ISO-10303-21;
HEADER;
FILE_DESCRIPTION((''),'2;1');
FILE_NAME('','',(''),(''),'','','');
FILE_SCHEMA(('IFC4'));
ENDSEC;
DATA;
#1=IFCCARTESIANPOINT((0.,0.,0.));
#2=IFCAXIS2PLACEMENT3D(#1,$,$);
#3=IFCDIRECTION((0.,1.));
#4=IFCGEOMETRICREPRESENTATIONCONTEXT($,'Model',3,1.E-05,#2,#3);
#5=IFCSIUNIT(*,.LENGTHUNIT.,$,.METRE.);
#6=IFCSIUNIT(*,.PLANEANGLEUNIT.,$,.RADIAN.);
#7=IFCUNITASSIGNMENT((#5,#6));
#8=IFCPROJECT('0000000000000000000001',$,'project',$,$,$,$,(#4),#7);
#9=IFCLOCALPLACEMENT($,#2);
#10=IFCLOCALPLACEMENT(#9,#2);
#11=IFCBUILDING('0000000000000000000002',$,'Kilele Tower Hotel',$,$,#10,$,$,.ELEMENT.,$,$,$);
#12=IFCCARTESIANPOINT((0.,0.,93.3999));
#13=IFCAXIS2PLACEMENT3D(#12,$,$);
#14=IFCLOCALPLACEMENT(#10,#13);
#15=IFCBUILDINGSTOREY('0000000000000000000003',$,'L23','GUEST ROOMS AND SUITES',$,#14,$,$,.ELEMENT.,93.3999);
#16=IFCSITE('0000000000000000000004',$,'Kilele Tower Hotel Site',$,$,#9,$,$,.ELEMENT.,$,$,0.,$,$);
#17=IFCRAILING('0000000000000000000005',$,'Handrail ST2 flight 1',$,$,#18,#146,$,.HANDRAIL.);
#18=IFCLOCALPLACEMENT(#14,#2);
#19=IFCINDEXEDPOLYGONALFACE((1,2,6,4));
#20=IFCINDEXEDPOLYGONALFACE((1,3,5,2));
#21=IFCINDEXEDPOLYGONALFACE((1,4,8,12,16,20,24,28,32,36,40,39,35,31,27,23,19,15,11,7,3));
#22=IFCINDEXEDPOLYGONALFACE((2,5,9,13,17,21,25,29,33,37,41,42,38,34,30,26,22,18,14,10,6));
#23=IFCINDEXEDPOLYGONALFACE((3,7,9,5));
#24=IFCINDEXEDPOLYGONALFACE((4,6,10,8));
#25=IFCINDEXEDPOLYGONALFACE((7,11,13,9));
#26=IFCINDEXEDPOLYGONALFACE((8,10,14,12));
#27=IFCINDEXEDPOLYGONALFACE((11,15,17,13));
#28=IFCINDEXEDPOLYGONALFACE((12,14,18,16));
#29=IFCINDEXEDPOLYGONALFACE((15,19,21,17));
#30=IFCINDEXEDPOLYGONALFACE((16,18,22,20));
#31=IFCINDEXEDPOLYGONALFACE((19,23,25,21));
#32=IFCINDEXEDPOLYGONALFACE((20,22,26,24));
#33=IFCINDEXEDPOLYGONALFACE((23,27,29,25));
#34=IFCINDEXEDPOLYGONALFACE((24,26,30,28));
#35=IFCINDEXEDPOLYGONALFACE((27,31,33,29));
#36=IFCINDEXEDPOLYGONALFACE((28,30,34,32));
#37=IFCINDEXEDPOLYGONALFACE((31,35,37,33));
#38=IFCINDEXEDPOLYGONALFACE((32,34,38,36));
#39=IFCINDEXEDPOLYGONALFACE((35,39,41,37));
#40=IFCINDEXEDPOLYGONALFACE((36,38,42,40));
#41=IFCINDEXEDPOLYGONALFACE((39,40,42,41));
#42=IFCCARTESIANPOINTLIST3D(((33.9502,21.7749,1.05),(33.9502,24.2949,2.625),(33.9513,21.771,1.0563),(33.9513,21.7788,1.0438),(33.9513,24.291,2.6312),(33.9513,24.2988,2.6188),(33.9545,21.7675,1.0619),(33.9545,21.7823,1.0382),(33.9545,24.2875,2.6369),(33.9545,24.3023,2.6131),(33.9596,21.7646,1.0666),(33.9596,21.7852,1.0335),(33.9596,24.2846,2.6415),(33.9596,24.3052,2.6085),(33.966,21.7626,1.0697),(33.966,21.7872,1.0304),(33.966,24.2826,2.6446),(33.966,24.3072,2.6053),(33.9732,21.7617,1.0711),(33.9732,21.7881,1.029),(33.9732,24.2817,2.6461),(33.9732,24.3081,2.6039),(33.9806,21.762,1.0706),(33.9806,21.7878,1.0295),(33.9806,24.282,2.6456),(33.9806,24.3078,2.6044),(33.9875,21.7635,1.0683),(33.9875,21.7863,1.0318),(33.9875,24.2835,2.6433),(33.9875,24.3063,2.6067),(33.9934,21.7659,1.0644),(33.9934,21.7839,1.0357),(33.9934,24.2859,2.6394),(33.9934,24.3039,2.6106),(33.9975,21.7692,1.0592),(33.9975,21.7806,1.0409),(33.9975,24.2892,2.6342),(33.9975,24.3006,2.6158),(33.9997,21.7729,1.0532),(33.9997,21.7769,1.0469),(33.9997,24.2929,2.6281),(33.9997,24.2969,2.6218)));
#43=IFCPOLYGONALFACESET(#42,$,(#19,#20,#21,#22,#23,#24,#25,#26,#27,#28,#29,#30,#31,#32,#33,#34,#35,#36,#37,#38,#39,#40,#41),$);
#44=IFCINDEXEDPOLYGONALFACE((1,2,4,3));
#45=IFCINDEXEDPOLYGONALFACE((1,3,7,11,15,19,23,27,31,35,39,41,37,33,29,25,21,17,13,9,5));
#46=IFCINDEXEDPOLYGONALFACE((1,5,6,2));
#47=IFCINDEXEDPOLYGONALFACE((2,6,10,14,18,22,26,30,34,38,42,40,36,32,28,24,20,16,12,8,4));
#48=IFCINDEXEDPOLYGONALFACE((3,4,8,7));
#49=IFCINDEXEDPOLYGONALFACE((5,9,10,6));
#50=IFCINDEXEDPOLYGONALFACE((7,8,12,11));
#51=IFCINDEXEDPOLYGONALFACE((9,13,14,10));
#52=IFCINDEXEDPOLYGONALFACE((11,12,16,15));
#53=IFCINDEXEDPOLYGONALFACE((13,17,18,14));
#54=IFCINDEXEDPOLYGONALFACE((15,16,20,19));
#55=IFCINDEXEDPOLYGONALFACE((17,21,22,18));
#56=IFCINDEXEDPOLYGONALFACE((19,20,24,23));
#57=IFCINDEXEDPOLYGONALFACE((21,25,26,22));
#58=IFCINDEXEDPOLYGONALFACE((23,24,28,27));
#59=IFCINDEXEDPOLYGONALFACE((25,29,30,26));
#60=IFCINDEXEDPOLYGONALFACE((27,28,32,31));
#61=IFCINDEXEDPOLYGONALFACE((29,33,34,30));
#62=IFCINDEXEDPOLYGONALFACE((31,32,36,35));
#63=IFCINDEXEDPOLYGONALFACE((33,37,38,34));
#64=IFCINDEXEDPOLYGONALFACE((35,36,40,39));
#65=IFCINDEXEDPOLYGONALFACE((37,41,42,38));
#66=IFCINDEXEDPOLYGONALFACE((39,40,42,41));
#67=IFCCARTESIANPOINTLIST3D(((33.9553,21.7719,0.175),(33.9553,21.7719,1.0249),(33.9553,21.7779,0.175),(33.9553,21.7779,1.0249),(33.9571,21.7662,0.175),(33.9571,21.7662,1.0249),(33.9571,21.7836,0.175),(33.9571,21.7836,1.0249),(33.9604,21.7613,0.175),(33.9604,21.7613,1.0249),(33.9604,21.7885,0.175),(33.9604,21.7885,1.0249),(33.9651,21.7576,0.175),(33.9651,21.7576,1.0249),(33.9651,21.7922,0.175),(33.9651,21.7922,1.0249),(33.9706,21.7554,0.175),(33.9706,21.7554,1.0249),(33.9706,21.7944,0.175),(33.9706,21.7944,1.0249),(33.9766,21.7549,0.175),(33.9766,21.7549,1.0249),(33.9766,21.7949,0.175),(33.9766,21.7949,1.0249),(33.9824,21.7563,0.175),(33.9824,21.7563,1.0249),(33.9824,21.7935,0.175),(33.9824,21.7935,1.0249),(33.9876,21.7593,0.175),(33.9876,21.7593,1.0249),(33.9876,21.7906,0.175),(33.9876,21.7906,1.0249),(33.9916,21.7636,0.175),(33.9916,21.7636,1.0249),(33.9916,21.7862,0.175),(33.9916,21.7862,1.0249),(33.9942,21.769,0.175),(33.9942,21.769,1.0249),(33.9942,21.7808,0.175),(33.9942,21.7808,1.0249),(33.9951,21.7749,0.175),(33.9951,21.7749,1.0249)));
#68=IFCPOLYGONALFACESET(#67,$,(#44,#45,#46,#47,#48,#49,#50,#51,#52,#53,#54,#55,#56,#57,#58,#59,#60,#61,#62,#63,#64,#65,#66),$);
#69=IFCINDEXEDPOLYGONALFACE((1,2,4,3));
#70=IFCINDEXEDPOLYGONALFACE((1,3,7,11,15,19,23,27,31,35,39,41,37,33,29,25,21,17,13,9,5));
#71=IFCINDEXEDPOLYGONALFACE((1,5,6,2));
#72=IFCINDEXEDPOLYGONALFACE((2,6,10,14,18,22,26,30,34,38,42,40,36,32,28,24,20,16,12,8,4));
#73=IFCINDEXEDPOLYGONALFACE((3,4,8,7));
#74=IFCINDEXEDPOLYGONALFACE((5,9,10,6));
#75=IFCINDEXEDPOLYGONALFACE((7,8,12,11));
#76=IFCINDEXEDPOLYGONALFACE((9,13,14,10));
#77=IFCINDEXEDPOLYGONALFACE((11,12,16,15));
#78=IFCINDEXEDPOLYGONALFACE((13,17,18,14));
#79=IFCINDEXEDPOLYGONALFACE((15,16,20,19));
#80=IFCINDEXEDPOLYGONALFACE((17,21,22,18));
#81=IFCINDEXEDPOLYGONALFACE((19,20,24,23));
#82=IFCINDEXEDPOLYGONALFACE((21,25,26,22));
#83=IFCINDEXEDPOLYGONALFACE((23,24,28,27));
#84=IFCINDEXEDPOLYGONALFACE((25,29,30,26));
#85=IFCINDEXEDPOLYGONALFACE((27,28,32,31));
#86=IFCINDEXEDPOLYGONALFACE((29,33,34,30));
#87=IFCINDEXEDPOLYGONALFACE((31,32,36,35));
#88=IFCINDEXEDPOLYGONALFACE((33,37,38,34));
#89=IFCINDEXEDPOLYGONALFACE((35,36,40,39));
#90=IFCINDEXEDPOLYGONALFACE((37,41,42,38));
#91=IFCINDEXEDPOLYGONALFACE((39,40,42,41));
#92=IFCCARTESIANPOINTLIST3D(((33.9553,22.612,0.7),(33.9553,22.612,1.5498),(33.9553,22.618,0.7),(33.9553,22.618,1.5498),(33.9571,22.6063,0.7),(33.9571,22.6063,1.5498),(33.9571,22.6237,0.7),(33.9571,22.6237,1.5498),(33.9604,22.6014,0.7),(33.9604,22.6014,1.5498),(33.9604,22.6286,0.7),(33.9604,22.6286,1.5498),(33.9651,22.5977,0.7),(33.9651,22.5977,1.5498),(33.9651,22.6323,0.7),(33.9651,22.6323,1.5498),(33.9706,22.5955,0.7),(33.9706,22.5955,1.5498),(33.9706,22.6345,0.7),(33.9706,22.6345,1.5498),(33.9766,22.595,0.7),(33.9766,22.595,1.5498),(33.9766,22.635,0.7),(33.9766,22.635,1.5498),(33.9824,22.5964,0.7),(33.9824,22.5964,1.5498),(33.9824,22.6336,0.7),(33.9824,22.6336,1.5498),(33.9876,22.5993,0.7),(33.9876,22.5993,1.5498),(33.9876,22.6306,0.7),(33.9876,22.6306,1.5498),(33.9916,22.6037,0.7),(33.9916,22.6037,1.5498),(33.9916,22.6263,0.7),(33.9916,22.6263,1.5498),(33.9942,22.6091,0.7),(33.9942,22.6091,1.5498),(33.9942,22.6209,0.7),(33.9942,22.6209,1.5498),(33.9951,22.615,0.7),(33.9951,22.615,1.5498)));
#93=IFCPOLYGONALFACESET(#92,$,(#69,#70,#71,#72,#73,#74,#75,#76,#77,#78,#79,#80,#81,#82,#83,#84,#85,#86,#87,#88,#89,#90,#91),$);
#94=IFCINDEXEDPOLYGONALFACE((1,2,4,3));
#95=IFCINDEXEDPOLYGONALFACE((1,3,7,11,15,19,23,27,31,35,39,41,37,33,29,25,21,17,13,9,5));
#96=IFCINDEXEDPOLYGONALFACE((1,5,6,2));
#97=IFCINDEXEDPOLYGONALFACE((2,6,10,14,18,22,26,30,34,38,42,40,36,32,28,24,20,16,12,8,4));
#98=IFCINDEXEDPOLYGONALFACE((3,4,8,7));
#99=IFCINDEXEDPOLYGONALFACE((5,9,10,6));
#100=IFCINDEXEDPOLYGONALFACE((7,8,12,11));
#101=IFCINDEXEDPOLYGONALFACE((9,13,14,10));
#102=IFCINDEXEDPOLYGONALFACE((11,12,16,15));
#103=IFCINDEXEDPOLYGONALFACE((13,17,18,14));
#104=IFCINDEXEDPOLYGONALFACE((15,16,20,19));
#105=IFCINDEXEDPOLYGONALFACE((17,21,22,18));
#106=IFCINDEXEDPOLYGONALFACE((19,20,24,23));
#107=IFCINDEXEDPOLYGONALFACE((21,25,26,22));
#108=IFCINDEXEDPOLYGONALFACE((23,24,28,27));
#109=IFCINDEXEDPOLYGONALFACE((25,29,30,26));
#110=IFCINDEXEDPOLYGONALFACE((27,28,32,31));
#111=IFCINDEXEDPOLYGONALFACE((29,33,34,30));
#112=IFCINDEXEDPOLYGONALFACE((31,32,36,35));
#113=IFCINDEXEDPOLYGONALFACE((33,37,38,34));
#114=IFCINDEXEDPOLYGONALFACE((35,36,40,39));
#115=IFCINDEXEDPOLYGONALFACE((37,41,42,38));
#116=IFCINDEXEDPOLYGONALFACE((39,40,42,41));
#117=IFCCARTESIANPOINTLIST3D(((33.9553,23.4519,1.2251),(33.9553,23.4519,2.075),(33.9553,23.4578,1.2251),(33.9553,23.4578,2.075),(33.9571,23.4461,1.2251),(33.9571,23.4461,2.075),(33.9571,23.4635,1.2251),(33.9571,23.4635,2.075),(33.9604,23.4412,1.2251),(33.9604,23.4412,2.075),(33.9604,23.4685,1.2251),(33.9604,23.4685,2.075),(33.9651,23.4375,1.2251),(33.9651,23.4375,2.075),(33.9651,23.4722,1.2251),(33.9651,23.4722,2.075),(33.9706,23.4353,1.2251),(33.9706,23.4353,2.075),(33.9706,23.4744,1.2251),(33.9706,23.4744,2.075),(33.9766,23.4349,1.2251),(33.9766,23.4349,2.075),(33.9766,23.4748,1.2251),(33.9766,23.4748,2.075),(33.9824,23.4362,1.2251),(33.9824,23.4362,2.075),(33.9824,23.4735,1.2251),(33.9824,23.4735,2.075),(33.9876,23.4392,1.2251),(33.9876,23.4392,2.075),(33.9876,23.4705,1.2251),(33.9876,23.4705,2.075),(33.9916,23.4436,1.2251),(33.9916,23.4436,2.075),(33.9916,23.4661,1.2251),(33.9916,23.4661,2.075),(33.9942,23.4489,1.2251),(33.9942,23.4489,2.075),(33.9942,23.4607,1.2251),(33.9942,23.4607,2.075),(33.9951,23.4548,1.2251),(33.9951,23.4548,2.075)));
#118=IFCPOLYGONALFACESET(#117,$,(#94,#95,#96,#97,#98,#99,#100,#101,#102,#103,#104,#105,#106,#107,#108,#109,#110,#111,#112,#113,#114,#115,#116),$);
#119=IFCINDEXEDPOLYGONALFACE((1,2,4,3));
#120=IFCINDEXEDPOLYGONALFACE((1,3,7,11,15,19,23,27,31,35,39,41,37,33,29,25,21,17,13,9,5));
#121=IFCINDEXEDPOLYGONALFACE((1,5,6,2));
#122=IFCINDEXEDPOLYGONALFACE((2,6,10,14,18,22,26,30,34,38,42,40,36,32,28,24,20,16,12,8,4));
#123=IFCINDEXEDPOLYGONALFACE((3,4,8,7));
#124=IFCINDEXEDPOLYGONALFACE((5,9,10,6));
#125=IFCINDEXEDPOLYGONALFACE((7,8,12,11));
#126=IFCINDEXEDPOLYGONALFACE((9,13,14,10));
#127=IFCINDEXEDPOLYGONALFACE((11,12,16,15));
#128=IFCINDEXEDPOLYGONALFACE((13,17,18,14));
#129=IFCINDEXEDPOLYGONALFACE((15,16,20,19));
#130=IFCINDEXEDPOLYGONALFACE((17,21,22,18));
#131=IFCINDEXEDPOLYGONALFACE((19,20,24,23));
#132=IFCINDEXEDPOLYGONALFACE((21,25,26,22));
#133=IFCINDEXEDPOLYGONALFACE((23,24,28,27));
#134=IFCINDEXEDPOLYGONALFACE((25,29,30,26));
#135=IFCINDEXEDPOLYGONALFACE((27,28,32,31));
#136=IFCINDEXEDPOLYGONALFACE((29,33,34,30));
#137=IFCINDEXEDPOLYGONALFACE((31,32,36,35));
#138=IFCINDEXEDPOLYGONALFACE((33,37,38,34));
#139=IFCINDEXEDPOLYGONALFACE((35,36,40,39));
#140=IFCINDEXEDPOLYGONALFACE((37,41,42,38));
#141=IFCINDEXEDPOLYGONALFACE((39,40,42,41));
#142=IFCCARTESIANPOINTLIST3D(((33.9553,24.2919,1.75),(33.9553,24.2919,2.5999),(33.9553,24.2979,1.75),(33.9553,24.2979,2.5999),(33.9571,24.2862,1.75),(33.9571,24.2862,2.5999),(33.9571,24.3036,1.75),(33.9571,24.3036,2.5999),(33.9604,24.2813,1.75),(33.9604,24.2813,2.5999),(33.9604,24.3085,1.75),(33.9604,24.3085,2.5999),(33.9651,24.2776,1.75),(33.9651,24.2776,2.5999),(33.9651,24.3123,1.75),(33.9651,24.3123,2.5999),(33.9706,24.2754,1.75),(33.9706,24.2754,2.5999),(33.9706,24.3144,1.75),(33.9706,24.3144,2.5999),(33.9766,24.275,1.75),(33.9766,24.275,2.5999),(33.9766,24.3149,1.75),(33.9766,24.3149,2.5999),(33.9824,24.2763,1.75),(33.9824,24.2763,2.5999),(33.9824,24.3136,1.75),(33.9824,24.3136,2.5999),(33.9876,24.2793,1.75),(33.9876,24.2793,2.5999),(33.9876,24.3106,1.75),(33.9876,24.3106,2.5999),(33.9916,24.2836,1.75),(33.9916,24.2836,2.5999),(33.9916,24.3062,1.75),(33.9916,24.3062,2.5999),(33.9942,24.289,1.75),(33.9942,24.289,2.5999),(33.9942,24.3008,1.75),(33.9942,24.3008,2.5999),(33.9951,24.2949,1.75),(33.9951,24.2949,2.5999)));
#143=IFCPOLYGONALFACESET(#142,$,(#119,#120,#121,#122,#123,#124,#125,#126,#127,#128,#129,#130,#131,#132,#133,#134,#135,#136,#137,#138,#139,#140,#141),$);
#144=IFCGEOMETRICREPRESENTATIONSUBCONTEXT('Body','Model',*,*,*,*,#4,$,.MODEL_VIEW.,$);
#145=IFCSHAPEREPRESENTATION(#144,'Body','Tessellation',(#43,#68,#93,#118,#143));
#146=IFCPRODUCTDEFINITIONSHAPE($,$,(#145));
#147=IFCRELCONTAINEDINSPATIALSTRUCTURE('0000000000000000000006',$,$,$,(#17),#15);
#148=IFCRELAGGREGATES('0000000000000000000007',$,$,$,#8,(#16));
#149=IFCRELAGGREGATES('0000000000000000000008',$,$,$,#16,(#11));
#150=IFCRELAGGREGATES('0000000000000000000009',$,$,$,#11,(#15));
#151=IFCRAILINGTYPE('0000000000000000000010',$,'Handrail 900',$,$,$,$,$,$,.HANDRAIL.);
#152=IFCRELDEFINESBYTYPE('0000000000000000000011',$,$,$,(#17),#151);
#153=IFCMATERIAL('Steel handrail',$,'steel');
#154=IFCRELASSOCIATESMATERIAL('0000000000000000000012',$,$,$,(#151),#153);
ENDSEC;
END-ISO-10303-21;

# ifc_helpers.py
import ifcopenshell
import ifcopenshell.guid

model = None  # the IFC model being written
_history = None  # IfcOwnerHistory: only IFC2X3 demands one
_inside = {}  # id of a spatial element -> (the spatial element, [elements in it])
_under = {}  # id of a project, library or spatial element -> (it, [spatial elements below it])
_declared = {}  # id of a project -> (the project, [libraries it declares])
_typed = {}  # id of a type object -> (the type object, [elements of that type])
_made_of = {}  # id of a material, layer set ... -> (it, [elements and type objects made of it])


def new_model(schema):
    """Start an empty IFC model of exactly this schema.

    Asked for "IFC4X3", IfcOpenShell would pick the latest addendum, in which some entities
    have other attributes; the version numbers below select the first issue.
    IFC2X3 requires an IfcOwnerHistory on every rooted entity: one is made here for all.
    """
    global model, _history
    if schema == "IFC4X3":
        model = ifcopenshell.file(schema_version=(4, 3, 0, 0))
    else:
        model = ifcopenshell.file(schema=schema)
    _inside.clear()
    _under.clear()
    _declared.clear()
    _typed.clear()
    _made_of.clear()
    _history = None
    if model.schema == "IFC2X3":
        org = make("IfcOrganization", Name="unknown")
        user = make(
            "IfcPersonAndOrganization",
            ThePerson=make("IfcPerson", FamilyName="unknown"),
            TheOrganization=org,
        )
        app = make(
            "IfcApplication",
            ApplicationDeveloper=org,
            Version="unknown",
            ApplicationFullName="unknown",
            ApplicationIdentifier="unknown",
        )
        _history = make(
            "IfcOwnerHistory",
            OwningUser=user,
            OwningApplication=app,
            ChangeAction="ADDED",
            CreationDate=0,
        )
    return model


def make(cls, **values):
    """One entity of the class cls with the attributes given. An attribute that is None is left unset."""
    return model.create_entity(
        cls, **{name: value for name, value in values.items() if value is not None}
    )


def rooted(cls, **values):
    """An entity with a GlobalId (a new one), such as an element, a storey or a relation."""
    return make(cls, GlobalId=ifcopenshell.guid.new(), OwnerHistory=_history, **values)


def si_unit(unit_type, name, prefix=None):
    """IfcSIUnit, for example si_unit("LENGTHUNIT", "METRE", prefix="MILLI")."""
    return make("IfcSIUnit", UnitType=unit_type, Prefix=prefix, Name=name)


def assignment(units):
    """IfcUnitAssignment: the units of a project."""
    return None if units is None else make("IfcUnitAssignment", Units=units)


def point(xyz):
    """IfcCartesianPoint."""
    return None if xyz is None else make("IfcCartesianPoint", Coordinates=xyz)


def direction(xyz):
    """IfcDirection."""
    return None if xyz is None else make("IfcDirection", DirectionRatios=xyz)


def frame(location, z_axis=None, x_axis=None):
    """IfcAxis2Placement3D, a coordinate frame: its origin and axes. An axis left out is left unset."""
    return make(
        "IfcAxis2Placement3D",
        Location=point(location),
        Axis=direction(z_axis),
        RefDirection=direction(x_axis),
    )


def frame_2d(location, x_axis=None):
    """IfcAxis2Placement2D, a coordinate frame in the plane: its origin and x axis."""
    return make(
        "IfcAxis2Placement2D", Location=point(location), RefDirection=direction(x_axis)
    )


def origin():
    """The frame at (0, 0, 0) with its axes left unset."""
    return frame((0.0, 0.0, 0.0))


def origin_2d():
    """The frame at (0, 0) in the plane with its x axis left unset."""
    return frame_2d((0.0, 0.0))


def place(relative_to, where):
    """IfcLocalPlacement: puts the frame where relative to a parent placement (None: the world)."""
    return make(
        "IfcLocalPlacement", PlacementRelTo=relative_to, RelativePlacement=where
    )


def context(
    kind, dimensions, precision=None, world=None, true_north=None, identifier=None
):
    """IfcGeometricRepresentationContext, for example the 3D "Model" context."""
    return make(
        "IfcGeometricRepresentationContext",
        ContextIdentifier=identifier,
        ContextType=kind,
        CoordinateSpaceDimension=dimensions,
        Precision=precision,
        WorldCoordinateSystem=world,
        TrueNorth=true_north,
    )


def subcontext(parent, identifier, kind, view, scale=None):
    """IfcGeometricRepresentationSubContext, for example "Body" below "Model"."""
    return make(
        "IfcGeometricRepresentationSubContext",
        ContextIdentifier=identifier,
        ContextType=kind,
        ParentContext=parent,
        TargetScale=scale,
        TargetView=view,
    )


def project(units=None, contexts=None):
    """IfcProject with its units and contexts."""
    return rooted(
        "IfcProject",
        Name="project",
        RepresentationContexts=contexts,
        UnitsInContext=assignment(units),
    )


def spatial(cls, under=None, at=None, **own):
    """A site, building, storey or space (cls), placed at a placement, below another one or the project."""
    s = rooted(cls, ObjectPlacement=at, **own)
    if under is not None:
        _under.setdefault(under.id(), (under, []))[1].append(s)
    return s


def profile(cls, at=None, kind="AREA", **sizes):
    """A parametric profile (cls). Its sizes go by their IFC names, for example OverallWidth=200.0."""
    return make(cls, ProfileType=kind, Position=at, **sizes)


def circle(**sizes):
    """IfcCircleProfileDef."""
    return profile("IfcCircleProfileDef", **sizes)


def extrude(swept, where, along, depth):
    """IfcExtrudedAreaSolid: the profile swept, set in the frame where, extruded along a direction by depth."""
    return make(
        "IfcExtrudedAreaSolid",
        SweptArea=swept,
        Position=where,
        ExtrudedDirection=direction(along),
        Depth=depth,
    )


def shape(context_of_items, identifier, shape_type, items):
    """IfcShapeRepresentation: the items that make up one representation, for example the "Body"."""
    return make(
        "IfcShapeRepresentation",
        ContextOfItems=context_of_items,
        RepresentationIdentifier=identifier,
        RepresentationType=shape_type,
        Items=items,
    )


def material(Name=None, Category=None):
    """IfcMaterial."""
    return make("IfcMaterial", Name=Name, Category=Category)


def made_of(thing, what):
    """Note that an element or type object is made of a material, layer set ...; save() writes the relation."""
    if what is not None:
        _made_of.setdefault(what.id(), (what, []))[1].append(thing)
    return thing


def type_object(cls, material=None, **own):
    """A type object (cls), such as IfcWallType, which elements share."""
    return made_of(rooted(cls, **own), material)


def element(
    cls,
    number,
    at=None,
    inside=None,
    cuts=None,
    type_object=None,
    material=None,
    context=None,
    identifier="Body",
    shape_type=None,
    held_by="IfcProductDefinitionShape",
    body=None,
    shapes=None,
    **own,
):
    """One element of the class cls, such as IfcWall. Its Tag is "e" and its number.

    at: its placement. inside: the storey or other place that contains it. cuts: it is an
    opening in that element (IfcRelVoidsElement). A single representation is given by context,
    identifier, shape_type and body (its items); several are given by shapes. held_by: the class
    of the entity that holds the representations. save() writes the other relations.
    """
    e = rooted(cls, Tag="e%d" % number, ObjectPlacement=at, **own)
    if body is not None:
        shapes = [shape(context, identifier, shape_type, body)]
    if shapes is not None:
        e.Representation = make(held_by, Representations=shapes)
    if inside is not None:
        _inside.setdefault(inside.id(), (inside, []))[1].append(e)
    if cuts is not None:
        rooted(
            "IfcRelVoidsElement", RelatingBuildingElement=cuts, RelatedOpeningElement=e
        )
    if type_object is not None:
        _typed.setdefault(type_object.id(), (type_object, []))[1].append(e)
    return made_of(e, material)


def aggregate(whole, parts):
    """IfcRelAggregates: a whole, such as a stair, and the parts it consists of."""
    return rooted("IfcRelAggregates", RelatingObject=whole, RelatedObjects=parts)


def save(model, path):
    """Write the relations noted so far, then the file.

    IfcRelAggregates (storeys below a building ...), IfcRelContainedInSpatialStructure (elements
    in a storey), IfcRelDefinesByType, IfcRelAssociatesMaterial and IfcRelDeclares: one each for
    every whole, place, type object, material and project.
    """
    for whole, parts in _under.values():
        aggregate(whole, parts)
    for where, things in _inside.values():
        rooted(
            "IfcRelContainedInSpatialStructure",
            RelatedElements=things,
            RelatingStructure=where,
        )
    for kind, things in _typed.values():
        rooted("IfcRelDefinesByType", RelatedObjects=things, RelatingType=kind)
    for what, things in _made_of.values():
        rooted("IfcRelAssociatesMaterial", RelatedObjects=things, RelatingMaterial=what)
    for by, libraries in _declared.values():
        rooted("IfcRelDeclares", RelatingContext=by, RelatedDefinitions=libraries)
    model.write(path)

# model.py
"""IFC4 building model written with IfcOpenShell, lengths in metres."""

from ifc_helpers import new_model, si_unit, direction, frame, origin, origin_2d, place, context, subcontext, project, spatial, circle, extrude, material, type_object, element, save


model = new_model("IFC4")

# Units and contexts
model_context = context("Model", 3, precision=1e-05, world=origin(), true_north=direction((0.0, 1.0)))
body_context = subcontext(model_context, "Body", "Model", "MODEL_VIEW")
ifc_project = project(units=[si_unit("LENGTHUNIT", "METRE"), si_unit("PLANEANGLEUNIT", "RADIAN")], contexts=[model_context])

# Site, building, storey
site_placement = place(None, origin())
site = spatial("IfcSite", under=ifc_project, at=site_placement, Name="Kilele Tower Hotel Site", CompositionType="ELEMENT", RefElevation=0.0)
building_placement = place(site_placement, origin())
building = spatial("IfcBuilding", under=site, at=building_placement, Name="Kilele Tower Hotel", CompositionType="ELEMENT")
storey_placement = place(building_placement, frame((0.0, 0.0, 93.3999)))
storey = spatial("IfcBuildingStorey", under=building, at=storey_placement, Name="L23", Description="GUEST ROOMS AND SUITES", CompositionType="ELEMENT", Elevation=93.3999)

# Railing
ifc_material_1 = material(Name="Steel handrail", Category="steel")
railing_type_1 = type_object("IfcRailingType", Name="Handrail 900", PredefinedType="HANDRAIL", material=ifc_material_1)
for number, where, name in (
    (1, (33.9751, 21.7749, 0.175), "Handrail ST2 flight 1"),
):
    element("IfcRailing", number, at=place(storey_placement, frame(where)), inside=storey, type_object=railing_type_1, Name=name, PredefinedType="HANDRAIL", context=body_context, shape_type="SweptSolid", body=[
        extrude(circle(Radius=0.0249, at=origin_2d()), frame((0.0, 0.0, 0.875), z_axis=(0.0, 0.848008, 0.529984), x_axis=(-1.0, 0.0, 0.0)), (0.0, 0.0, 1.0), 2.9717),
        extrude(circle(Radius=0.02, at=origin_2d()), origin(), (0.0, 0.0, 1.0), 0.8499),
        extrude(circle(Radius=0.02, at=origin_2d()), frame((0.0, 0.8401, 0.5249)), (0.0, 0.0, 1.0), 0.8499),
        extrude(circle(Radius=0.02, at=origin_2d()), frame((0.0, 1.6799, 1.05)), (0.0, 0.0, 1.0), 0.8499),
        extrude(circle(Radius=0.02, at=origin_2d()), frame((0.0, 2.52, 1.575)), (0.0, 0.0, 1.0), 0.8499),
    ])

save(model, "model.ifc")
